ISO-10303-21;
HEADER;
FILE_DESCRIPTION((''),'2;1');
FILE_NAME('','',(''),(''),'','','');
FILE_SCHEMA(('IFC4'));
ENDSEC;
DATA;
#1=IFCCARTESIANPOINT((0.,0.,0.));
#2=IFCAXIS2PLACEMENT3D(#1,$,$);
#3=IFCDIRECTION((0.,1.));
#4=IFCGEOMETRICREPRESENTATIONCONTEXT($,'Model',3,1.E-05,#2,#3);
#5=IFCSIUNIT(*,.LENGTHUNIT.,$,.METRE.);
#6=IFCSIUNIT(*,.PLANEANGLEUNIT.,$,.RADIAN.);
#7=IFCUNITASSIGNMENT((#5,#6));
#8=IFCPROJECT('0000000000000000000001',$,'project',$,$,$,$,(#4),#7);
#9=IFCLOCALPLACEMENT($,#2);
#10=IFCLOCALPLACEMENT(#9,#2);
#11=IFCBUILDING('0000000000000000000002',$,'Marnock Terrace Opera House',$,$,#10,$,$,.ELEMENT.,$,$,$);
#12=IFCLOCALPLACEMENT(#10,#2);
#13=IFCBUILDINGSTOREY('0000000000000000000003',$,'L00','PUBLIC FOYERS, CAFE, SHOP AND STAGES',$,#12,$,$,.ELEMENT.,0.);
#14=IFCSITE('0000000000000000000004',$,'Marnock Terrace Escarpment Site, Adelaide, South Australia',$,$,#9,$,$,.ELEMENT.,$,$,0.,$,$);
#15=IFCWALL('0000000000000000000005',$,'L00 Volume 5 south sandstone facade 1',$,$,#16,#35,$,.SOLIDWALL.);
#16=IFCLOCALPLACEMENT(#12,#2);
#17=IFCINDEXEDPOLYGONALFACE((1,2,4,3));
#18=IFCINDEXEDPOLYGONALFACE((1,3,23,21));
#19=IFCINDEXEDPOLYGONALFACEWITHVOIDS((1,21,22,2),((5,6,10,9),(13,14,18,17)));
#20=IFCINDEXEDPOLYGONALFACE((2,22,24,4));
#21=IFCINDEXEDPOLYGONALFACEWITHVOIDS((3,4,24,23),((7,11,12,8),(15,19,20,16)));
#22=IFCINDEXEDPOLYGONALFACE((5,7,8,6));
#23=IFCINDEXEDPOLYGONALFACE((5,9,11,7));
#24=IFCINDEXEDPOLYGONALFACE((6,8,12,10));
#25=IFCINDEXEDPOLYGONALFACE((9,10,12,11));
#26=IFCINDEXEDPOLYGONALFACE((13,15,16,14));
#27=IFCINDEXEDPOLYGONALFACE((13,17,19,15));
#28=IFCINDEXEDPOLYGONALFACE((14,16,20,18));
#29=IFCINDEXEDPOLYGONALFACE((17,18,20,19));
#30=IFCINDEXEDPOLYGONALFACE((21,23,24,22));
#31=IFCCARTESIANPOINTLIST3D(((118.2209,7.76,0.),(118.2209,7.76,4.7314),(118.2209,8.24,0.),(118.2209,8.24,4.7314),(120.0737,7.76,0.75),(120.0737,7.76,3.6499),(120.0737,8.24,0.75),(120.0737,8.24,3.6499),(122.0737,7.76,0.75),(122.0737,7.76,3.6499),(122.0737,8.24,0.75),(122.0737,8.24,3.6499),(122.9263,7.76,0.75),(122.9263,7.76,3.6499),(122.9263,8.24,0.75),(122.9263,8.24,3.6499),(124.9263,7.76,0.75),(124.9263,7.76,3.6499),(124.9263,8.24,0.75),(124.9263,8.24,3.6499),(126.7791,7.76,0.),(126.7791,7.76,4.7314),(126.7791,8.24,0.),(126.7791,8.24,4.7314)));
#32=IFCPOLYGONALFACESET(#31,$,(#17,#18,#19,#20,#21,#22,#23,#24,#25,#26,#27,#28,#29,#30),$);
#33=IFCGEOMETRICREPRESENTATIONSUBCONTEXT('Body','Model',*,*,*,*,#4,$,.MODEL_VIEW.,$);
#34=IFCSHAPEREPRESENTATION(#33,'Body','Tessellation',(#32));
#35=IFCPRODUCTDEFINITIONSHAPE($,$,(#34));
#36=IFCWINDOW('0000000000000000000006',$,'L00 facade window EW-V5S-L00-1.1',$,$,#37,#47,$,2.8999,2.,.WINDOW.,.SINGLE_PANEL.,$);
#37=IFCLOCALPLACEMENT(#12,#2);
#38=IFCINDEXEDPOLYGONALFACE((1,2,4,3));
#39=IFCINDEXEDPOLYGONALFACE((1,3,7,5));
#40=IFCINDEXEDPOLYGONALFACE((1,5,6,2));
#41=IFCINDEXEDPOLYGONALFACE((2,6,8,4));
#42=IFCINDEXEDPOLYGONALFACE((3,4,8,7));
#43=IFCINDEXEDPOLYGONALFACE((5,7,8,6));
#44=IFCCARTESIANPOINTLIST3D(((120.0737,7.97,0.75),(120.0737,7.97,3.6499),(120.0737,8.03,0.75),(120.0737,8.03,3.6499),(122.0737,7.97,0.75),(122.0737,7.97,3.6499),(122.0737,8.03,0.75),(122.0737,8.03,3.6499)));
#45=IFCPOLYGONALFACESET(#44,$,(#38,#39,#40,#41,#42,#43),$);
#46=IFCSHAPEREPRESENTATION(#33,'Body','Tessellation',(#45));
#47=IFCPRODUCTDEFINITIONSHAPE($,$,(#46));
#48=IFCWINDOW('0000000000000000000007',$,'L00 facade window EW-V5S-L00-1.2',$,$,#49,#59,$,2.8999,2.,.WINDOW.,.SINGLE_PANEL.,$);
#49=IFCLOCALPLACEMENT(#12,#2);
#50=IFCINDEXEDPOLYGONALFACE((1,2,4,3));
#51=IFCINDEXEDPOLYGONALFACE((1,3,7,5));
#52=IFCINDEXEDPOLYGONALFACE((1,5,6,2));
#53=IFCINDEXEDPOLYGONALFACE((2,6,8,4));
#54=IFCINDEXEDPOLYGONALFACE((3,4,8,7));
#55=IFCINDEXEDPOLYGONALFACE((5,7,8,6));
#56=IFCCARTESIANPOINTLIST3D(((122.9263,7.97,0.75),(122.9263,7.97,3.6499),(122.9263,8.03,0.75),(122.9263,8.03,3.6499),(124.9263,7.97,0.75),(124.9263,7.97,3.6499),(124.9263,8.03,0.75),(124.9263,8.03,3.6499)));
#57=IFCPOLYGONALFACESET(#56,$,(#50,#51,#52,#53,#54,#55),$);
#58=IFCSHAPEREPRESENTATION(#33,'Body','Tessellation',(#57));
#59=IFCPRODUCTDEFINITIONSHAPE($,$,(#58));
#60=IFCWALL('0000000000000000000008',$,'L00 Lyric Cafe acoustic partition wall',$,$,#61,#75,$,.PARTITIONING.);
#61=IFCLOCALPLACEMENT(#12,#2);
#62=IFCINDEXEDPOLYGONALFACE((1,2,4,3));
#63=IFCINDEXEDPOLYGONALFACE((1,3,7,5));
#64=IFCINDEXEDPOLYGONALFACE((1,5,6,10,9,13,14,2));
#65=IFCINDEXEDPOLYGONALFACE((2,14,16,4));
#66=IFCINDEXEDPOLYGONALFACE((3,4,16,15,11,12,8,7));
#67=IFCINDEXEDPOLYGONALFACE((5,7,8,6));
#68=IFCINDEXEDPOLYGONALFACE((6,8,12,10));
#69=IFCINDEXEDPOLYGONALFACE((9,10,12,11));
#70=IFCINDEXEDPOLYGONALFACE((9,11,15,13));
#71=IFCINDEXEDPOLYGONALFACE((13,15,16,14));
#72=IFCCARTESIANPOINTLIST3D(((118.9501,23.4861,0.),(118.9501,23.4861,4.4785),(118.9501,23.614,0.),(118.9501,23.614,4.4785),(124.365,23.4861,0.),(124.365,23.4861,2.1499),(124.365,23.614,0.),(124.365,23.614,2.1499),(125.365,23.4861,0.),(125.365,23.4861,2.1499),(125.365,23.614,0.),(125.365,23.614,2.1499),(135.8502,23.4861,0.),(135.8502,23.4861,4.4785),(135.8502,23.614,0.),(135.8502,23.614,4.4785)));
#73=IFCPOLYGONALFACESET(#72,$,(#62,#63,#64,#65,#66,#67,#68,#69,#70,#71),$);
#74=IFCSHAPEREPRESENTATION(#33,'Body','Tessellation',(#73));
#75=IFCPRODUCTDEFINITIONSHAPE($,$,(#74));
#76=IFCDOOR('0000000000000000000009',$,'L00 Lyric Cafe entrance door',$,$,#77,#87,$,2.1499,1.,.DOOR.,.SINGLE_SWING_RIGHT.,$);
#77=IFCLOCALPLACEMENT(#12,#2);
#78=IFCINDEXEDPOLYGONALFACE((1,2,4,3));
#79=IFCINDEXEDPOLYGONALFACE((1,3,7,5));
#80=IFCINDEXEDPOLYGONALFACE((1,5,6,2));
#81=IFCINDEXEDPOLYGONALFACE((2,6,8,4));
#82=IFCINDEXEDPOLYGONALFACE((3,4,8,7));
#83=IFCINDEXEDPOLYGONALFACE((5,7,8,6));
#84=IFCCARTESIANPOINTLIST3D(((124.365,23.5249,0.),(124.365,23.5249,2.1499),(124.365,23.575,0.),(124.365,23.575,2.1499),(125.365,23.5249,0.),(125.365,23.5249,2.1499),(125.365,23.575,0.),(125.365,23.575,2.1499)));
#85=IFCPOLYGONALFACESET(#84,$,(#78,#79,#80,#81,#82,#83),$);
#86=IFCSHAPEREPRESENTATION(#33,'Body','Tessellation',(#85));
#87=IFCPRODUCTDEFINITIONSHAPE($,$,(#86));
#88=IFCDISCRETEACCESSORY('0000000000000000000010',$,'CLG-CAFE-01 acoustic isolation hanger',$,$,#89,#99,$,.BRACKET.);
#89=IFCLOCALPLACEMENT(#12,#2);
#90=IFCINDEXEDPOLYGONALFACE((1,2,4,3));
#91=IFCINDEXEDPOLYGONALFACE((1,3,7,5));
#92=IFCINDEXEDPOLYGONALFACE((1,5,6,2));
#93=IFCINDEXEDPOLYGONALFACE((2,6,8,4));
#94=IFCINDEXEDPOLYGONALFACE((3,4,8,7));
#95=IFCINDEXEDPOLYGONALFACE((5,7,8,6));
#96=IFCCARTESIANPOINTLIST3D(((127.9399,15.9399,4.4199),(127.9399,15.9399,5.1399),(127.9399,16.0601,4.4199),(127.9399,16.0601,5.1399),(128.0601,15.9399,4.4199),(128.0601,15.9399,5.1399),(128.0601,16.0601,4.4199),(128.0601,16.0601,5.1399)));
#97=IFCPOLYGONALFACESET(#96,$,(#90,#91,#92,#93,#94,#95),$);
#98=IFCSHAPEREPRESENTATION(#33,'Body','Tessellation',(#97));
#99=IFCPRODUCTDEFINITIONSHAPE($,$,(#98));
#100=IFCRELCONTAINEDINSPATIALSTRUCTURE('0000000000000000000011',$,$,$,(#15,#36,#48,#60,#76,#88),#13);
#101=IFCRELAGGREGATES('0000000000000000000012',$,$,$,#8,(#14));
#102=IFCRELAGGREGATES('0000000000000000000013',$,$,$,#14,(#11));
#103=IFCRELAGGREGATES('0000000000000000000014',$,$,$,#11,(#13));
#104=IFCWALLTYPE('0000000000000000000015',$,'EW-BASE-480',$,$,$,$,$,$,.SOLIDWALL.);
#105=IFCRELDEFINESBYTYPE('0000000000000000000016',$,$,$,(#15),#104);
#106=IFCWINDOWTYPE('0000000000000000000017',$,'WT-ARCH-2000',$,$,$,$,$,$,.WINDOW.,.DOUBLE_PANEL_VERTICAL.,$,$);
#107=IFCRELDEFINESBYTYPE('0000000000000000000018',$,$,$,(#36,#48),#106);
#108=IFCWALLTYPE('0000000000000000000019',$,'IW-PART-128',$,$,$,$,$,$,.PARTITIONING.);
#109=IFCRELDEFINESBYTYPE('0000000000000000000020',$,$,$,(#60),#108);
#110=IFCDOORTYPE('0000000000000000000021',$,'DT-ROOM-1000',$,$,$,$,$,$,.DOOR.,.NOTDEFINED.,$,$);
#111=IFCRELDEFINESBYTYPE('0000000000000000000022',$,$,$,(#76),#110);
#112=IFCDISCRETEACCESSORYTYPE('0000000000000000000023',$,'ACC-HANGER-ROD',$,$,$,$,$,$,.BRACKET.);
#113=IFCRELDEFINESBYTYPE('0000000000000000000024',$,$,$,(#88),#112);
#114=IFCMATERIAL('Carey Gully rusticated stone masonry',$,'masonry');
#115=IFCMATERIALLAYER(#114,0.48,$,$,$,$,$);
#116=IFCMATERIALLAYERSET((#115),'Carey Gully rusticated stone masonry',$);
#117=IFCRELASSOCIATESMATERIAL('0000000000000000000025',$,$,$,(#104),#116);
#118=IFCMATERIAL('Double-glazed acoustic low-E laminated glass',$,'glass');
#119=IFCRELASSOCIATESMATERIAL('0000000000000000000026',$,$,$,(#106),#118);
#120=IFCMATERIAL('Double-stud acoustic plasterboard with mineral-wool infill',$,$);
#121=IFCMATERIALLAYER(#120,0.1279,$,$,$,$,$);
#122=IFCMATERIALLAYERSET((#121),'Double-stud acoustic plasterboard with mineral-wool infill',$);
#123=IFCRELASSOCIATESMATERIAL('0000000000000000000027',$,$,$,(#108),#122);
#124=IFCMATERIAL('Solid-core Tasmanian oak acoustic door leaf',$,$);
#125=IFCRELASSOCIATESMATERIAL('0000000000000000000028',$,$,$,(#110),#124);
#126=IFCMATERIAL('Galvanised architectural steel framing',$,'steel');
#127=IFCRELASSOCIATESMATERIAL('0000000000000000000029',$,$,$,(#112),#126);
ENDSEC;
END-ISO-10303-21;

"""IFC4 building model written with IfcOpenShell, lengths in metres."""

from ifc_helpers import new_model, si_unit, direction, frame, frame_2d, origin, origin_2d, place, context, subcontext, project, spatial, rectangle, extrude, material, layer, layer_set, type_object, element, fill, save


model = new_model("IFC4")

# Units and contexts
model_context = context("Model", 3, precision=1e-05, world=origin(), true_north=direction((0.0, 1.0)))
body_context = subcontext(model_context, "Body", "Model", "MODEL_VIEW")
ifc_project = project(units=[si_unit("LENGTHUNIT", "METRE"), si_unit("PLANEANGLEUNIT", "RADIAN")], contexts=[model_context])

# Site, building, storey
site_placement = place(None, origin())
site = spatial("IfcSite", under=ifc_project, at=site_placement, Name="Marnock Terrace Escarpment Site, Adelaide, South Australia", CompositionType="ELEMENT", RefElevation=0.0)
building_placement = place(site_placement, origin())
building = spatial("IfcBuilding", under=site, at=building_placement, Name="Marnock Terrace Opera House", CompositionType="ELEMENT")
storey_placement = place(building_placement, origin())
storey = spatial("IfcBuildingStorey", under=building, at=storey_placement, Name="L00", Description="PUBLIC FOYERS, CAFE, SHOP AND STAGES", CompositionType="ELEMENT", Elevation=0.0)

# Shared definitions
ifc_material_1 = material(Name="Double-glazed acoustic low-E laminated glass", Category="glass")

# Wall, openings, windows
ifc_material_2 = material(Name="Carey Gully rusticated stone masonry", Category="masonry")
ifc_layer_1 = layer(ifc_material_2, 0.48)
ifc_layer_set_1 = layer_set([ifc_layer_1], Name="Carey Gully rusticated stone masonry")
wall_type_1 = type_object("IfcWallType", Name="EW-BASE-480", PredefinedType="SOLIDWALL", material=ifc_layer_set_1)
wall_1_placement = place(storey_placement, frame((118.2209, 8.0, 0.0), z_axis=(0.0, 0.0, 1.0), x_axis=(1.0, 0.0, 0.0)))
wall_1 = element("IfcWall", 1, at=wall_1_placement, inside=storey, type_object=wall_type_1, Name="L00 Volume 5 south sandstone facade 1", PredefinedType="SOLIDWALL", context=body_context, shape_type="SweptSolid", body=[
    extrude(rectangle(XDim=8.5581, YDim=0.48, at=frame_2d((4.2791, 0.0))), origin(), (0.0, 0.0, 1.0), 4.7314),
])
opening_1_placement = place(wall_1_placement, frame((1.8528, 0.0, 0.75)))
opening_1 = element("IfcOpeningElement", 2, at=opening_1_placement, cuts=wall_1, PredefinedType="OPENING", context=body_context, shape_type="SweptSolid", body=[
    extrude(rectangle(XDim=2.0, YDim=2.8999, at=frame_2d((1.0, 1.45))), frame((0.0, 0.25, 0.0), z_axis=(0.0, -1.0, 0.0), x_axis=(1.0, 0.0, 0.0)), (0.0, 0.0, 1.0), 0.5),
])
opening_2_placement = place(wall_1_placement, frame((4.7053, 0.0, 0.75)))
opening_2 = element("IfcOpeningElement", 3, at=opening_2_placement, cuts=wall_1, PredefinedType="OPENING", context=body_context, shape_type="SweptSolid", body=[
    extrude(rectangle(XDim=2.0, YDim=2.8999, at=frame_2d((1.0, 1.45))), frame((0.0, 0.25, 0.0), z_axis=(0.0, -1.0, 0.0), x_axis=(1.0, 0.0, 0.0)), (0.0, 0.0, 1.0), 0.5),
])
window_type = type_object("IfcWindowType", Name="WT-ARCH-2000", PartitioningType="DOUBLE_PANEL_VERTICAL", PredefinedType="WINDOW", material=ifc_material_1)
window_1_placement = place(opening_1_placement, origin())
window_1 = element("IfcWindow", 4, at=window_1_placement, inside=storey, type_object=window_type, Name="L00 facade window EW-V5S-L00-1.1", OverallHeight=2.8999, OverallWidth=2.0, PartitioningType="SINGLE_PANEL", PredefinedType="WINDOW", context=body_context, shape_type="SweptSolid", body=[
    extrude(rectangle(XDim=2.0, YDim=2.8999, at=frame_2d((1.0, 1.45))), frame((0.0, 0.03, 0.0), z_axis=(0.0, -1.0, 0.0), x_axis=(1.0, 0.0, 0.0)), (0.0, 0.0, 1.0), 0.0601),
])
fill(opening_1, window_1)
window_2_placement = place(opening_2_placement, origin())
window_2 = element("IfcWindow", 5, at=window_2_placement, inside=storey, type_object=window_type, Name="L00 facade window EW-V5S-L00-1.2", OverallHeight=2.8999, OverallWidth=2.0, PartitioningType="SINGLE_PANEL", PredefinedType="WINDOW", context=body_context, shape_type="SweptSolid", body=[
    extrude(rectangle(XDim=2.0, YDim=2.8999, at=frame_2d((1.0, 1.45))), frame((0.0, 0.03, 0.0), z_axis=(0.0, -1.0, 0.0), x_axis=(1.0, 0.0, 0.0)), (0.0, 0.0, 1.0), 0.0601),
])
fill(opening_2, window_2)

# Wall, opening, door
ifc_material_3 = material(Name="Double-stud acoustic plasterboard with mineral-wool infill")
ifc_layer_2 = layer(ifc_material_3, 0.1279)
ifc_layer_set_2 = layer_set([ifc_layer_2], Name="Double-stud acoustic plasterboard with mineral-wool infill")
wall_type_2 = type_object("IfcWallType", Name="IW-PART-128", PredefinedType="PARTITIONING", material=ifc_layer_set_2)
wall_2_placement = place(storey_placement, frame((118.95, 23.55, 0.0), z_axis=(0.0, 0.0, 1.0), x_axis=(1.0, 0.0, 0.0)))
wall_2 = element("IfcWall", 6, at=wall_2_placement, inside=storey, type_object=wall_type_2, Name="L00 Lyric Cafe acoustic partition wall", PredefinedType="PARTITIONING", context=body_context, shape_type="SweptSolid", body=[
    extrude(rectangle(XDim=16.9001, YDim=0.1279, at=frame_2d((8.4502, 0.0))), origin(), (0.0, 0.0, 1.0), 4.4785),
])
opening_3_placement = place(wall_2_placement, frame((5.415, 0.0, 0.0)))
opening_3 = element("IfcOpeningElement", 7, at=opening_3_placement, cuts=wall_2, PredefinedType="OPENING", context=body_context, shape_type="SweptSolid", body=[
    extrude(rectangle(XDim=1.0, YDim=2.1499, at=frame_2d((0.5, 1.075))), frame((0.0, 0.074, 0.0), z_axis=(0.0, -1.0, 0.0), x_axis=(1.0, 0.0, 0.0)), (0.0, 0.0, 1.0), 0.1479),
])
ifc_material_4 = material(Name="Solid-core Tasmanian oak acoustic door leaf")
door_type = type_object("IfcDoorType", Name="DT-ROOM-1000", OperationType="NOTDEFINED", PredefinedType="DOOR", material=ifc_material_4)
door_placement = place(opening_3_placement, origin())
door = element("IfcDoor", 8, at=door_placement, inside=storey, type_object=door_type, Name="L00 Lyric Cafe entrance door", OperationType="SINGLE_SWING_RIGHT", OverallHeight=2.1499, OverallWidth=1.0, PredefinedType="DOOR", context=body_context, shape_type="SweptSolid", body=[
    extrude(rectangle(XDim=1.0, YDim=2.1499, at=frame_2d((0.5, 1.075))), frame((0.0, 0.0249, 0.0), z_axis=(0.0, -1.0, 0.0), x_axis=(1.0, 0.0, 0.0)), (0.0, 0.0, 1.0), 0.05),
])
fill(opening_3, door)

# Discrete accessory
ifc_material_5 = material(Name="Galvanised architectural steel framing", Category="steel")
discrete_accessory_type = type_object("IfcDiscreteAccessoryType", Name="ACC-HANGER-ROD", PredefinedType="BRACKET", material=ifc_material_5)
discrete_accessory_placement = place(storey_placement, frame((128.0, 16.0, 4.4199), z_axis=(0.0, 0.0, 1.0), x_axis=(1.0, 0.0, 0.0)))
element("IfcDiscreteAccessory", 9, at=discrete_accessory_placement, inside=storey, type_object=discrete_accessory_type, Name="CLG-CAFE-01 acoustic isolation hanger", PredefinedType="BRACKET", context=body_context, shape_type="SweptSolid", body=[
    extrude(rectangle(XDim=0.1201, YDim=0.1201, at=origin_2d()), origin(), (0.0, 0.0, 1.0), 0.72),
])

save(model, "model.ifc")
